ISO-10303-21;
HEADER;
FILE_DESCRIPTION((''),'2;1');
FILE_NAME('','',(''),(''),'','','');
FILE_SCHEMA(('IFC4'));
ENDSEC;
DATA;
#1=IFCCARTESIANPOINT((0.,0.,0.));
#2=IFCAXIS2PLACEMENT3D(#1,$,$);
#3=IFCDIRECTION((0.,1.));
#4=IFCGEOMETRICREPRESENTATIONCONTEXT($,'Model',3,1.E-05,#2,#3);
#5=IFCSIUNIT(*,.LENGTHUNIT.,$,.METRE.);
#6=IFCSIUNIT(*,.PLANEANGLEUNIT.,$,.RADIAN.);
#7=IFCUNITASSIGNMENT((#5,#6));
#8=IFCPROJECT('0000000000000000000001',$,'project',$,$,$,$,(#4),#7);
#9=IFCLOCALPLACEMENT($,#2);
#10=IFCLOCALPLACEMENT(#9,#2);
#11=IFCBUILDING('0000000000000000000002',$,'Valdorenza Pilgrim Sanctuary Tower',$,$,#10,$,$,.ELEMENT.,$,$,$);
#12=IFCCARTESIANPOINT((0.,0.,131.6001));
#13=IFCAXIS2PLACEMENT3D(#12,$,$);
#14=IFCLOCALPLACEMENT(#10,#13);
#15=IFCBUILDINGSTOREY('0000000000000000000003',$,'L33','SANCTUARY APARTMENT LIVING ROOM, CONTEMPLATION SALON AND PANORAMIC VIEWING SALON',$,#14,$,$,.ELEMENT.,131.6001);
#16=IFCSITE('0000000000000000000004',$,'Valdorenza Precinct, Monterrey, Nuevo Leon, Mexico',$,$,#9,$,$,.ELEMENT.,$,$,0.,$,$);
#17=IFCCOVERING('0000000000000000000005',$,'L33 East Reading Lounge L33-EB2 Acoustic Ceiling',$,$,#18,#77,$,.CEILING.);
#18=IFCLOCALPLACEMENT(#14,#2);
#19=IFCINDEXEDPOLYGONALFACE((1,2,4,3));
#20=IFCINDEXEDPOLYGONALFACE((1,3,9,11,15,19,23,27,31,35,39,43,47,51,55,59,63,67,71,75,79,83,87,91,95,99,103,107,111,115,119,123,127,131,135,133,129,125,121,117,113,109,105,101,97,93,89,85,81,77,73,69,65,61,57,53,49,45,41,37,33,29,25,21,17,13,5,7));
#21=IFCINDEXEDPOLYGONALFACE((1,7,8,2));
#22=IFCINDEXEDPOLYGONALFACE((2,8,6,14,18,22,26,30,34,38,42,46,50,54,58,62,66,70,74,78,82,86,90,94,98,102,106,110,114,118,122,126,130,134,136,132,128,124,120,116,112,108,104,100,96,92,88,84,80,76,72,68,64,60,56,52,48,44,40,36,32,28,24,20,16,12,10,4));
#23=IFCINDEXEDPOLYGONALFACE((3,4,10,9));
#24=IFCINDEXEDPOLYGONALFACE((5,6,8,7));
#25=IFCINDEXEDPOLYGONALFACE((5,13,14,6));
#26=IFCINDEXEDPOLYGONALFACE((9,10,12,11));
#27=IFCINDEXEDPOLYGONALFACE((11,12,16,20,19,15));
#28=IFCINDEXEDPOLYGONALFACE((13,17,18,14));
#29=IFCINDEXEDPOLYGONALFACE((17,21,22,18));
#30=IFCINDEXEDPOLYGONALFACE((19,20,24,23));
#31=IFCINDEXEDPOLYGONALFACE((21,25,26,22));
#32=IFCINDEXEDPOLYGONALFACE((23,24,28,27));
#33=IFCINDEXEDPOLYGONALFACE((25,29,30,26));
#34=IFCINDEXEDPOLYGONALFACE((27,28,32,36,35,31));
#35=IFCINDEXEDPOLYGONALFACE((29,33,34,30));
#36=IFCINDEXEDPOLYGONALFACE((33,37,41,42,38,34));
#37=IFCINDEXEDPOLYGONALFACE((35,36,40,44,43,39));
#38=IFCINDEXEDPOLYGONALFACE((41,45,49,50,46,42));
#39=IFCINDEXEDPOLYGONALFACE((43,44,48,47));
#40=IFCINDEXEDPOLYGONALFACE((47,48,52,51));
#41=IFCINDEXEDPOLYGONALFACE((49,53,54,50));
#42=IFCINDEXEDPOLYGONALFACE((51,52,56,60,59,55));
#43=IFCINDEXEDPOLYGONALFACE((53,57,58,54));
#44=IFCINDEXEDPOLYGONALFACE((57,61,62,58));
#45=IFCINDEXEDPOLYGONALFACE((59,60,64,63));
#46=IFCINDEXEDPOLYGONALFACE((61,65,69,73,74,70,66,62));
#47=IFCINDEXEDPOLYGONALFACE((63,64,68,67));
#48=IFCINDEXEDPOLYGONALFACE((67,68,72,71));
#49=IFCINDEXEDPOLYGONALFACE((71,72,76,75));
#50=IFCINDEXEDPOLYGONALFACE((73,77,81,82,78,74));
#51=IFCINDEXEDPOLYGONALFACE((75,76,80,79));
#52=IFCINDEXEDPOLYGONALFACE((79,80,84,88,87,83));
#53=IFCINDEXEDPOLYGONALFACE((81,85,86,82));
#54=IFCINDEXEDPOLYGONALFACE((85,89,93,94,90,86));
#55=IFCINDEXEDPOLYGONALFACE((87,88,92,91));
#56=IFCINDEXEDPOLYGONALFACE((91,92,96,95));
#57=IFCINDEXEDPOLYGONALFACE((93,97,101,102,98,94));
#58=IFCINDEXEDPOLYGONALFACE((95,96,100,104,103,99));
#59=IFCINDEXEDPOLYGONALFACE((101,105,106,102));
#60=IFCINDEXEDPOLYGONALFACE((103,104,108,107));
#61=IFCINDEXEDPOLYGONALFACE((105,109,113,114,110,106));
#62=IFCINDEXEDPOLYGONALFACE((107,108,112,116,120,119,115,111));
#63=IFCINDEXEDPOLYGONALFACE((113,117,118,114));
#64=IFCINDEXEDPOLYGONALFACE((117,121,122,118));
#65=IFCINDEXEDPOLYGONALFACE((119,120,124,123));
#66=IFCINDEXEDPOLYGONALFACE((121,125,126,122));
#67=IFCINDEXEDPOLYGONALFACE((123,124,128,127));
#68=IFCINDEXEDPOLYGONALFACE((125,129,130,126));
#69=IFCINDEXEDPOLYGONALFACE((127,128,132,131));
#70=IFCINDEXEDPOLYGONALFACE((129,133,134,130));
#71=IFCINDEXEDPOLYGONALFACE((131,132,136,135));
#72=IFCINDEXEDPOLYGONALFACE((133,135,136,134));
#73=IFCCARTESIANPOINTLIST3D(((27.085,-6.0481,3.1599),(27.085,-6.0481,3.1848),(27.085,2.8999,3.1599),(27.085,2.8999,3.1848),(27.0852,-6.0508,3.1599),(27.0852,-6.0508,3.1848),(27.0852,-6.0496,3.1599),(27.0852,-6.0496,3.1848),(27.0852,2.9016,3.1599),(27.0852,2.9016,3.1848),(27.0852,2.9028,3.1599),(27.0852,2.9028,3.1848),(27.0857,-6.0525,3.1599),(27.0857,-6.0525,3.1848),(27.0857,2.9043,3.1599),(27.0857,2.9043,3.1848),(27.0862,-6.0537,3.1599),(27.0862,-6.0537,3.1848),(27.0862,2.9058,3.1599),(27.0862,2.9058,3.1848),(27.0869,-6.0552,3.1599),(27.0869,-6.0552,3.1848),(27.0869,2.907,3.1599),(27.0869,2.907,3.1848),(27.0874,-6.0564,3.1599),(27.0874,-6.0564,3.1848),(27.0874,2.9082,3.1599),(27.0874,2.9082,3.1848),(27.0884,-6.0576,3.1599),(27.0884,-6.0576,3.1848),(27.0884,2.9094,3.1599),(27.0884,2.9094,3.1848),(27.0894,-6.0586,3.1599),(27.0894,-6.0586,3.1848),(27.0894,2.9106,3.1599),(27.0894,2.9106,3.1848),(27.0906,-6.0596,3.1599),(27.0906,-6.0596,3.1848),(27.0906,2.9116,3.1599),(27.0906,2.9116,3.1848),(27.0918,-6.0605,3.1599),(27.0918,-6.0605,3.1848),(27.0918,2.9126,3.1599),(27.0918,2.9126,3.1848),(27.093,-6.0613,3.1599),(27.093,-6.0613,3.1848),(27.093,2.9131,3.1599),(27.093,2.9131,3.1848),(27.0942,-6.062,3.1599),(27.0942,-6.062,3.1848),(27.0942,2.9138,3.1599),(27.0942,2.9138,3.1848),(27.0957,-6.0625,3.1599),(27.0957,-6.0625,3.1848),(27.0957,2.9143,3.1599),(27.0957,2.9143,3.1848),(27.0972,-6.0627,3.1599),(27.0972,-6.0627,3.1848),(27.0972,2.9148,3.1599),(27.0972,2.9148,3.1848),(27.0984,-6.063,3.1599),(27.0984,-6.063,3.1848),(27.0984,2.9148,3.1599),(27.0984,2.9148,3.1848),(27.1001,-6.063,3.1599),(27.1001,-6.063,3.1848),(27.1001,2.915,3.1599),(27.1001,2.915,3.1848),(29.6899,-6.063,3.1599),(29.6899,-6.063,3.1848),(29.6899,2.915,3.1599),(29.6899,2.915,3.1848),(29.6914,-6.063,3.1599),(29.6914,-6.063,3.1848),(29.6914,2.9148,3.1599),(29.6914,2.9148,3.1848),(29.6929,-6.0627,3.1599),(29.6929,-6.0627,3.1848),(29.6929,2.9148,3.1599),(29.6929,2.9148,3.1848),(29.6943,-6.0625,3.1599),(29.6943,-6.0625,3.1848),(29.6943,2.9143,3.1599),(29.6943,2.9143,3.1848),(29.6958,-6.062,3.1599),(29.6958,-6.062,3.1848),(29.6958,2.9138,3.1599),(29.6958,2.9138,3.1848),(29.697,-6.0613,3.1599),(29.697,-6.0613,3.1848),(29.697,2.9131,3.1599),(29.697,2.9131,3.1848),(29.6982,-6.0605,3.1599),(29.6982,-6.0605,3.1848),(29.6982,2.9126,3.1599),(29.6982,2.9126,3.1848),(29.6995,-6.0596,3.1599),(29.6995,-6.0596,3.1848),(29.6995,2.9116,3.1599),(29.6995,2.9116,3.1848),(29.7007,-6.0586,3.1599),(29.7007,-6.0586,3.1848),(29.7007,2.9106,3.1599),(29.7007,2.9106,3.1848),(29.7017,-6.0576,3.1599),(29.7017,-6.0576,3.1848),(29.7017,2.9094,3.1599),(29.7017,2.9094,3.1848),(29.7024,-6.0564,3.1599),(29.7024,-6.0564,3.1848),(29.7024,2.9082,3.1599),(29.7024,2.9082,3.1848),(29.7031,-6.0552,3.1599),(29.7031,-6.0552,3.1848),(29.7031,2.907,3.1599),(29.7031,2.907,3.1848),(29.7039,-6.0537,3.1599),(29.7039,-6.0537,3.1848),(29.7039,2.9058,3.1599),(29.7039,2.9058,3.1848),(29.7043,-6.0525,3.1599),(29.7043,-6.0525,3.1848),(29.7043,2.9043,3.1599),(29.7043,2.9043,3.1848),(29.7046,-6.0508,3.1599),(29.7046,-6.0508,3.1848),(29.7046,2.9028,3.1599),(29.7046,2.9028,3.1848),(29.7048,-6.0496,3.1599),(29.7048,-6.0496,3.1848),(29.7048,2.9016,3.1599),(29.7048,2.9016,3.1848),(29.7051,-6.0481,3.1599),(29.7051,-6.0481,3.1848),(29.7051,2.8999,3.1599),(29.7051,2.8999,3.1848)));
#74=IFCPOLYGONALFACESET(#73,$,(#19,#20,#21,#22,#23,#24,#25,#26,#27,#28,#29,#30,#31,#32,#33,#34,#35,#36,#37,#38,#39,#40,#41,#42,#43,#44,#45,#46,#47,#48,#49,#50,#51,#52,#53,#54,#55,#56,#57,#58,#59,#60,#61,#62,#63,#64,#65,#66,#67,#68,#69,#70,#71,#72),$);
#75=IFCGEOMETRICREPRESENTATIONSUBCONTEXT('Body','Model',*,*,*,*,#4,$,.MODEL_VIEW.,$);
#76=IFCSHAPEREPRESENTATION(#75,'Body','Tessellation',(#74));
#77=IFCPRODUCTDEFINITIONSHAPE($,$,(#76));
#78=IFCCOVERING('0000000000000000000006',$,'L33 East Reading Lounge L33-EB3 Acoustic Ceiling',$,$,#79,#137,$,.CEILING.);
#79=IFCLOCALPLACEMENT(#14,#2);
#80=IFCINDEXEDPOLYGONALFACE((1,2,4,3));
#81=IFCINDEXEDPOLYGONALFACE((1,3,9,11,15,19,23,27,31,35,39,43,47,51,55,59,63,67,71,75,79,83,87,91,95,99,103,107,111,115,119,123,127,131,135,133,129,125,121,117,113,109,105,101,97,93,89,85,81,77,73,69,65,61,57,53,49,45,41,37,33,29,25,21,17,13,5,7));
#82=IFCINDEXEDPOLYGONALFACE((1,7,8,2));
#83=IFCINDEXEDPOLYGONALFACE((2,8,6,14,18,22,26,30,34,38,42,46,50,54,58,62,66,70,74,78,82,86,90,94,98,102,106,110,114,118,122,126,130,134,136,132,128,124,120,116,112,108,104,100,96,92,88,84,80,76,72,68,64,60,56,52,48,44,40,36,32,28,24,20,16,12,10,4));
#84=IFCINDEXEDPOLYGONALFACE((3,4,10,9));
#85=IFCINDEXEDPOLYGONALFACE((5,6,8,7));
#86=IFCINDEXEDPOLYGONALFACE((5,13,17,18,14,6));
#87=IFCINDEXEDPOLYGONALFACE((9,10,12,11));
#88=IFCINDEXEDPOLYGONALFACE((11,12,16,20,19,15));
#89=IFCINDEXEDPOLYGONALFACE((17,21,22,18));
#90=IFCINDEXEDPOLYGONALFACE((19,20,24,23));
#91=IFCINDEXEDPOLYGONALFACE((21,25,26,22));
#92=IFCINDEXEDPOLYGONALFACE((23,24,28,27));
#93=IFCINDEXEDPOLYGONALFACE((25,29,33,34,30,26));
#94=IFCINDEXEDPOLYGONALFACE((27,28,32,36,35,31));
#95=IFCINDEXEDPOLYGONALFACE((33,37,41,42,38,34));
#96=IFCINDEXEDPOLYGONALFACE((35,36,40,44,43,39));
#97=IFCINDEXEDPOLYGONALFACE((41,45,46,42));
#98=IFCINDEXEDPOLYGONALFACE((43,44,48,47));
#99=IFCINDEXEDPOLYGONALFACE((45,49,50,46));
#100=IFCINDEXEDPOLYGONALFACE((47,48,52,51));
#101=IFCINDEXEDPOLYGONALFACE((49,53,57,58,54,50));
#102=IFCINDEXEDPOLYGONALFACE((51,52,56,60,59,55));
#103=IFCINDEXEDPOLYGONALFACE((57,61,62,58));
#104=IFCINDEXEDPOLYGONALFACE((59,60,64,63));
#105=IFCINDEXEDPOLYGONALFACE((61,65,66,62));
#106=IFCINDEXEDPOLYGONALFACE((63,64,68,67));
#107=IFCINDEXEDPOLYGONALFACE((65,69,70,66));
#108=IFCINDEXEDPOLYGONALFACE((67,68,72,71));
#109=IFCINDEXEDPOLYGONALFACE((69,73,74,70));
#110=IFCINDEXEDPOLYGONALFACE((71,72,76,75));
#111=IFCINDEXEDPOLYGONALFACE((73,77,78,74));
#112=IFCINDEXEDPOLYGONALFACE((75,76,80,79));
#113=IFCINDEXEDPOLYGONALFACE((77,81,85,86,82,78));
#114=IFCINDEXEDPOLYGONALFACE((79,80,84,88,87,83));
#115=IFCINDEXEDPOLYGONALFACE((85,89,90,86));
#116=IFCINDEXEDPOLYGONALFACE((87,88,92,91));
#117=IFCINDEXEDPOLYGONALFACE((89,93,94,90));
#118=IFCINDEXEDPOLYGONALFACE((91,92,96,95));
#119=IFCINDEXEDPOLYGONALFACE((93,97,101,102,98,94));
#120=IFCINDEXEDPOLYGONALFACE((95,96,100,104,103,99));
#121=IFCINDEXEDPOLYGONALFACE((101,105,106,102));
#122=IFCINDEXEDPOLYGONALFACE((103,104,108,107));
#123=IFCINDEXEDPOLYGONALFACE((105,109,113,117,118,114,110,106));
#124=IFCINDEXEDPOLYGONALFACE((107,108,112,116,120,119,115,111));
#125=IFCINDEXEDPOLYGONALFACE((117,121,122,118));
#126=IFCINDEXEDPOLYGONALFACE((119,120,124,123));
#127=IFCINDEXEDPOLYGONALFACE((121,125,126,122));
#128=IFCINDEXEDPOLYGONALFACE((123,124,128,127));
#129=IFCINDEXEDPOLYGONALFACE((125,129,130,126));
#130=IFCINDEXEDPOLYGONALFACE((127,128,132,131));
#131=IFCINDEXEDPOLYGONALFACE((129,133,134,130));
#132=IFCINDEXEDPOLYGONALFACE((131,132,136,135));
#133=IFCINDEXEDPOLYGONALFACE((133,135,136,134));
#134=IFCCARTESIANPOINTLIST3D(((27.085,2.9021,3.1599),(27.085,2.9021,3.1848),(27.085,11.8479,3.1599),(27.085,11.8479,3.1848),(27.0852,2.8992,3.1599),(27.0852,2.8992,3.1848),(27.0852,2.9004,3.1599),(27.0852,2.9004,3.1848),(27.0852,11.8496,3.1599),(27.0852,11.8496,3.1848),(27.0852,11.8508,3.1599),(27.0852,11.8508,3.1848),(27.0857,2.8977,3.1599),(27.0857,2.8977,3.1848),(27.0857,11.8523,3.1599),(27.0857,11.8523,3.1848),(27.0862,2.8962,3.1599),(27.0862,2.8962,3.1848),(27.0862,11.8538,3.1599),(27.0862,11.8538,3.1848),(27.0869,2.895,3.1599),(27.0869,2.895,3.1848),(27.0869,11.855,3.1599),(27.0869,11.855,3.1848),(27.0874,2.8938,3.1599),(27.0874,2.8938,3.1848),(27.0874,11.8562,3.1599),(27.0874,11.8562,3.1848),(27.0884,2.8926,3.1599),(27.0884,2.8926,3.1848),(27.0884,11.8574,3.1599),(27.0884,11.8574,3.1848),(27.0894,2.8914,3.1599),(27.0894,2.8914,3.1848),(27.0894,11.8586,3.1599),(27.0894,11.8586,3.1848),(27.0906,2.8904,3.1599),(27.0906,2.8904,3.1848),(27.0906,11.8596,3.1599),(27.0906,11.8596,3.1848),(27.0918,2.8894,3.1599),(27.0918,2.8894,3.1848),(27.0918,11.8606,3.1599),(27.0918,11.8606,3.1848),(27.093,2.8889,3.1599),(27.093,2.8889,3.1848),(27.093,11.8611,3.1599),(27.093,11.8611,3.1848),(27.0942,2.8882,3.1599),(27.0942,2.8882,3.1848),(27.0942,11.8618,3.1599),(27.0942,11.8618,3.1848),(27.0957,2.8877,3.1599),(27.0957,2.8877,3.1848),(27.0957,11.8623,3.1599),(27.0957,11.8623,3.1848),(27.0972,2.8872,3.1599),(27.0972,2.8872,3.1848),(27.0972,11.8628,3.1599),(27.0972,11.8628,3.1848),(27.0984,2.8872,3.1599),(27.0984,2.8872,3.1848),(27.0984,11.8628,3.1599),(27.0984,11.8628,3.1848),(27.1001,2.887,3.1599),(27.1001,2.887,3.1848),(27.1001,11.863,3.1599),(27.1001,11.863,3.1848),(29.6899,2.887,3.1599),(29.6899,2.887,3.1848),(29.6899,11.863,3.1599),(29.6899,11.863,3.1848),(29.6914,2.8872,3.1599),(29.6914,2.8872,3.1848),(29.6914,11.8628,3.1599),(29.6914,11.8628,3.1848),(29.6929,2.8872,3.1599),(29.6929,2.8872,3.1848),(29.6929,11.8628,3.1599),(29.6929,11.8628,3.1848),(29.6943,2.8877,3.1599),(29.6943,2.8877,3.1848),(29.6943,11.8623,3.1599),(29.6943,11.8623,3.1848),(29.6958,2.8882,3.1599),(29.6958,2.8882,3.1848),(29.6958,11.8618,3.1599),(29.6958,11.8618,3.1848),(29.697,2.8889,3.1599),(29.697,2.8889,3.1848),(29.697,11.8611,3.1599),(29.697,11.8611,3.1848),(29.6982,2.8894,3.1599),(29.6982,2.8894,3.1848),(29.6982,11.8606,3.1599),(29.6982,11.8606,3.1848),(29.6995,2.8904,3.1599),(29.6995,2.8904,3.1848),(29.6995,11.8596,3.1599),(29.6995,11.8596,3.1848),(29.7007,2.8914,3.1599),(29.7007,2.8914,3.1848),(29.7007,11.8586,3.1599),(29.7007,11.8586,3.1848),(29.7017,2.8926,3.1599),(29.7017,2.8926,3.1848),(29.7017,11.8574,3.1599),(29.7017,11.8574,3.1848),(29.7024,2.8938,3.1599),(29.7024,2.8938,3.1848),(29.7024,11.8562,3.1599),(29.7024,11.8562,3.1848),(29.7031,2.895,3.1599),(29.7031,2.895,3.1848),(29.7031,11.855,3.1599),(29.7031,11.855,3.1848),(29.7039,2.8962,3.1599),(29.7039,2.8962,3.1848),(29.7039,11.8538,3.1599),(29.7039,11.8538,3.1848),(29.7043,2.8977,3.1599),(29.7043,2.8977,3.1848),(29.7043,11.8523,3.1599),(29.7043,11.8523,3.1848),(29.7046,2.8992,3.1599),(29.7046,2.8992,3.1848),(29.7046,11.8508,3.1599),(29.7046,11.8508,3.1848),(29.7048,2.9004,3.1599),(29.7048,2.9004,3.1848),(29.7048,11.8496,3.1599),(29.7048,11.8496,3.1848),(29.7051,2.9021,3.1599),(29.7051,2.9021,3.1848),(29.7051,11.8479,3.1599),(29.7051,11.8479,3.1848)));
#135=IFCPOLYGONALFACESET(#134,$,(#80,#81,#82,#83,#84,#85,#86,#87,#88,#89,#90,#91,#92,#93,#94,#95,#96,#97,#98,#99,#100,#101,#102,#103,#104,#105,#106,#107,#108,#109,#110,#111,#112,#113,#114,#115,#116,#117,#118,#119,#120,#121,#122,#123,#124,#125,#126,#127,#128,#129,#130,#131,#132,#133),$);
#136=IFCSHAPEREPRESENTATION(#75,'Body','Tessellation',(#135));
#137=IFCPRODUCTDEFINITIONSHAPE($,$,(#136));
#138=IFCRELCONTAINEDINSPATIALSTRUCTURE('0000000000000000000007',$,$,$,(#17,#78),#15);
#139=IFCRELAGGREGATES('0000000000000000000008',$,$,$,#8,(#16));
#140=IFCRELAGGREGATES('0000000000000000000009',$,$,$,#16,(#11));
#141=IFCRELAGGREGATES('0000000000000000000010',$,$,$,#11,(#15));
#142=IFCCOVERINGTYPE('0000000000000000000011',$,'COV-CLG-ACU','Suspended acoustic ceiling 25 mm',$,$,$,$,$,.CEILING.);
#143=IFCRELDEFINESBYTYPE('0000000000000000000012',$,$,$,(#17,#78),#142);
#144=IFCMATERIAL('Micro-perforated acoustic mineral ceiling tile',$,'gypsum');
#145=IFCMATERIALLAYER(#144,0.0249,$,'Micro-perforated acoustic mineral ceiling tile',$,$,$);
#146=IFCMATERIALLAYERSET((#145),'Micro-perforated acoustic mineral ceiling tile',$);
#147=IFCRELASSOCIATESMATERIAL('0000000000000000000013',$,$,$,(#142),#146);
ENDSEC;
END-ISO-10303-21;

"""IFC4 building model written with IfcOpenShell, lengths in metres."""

from ifc_helpers import new_model, si_unit, direction, frame, origin, place, context, subcontext, project, spatial, polyline, outline, extrude, material, layer, layer_set, type_object, element, save


model = new_model("IFC4")

# Units and contexts
model_context = context("Model", 3, precision=1e-05, world=origin(), true_north=direction((0.0, 1.0)))
body_context = subcontext(model_context, "Body", "Model", "MODEL_VIEW")
ifc_project = project(units=[si_unit("LENGTHUNIT", "METRE"), si_unit("PLANEANGLEUNIT", "RADIAN")], contexts=[model_context])

# Site, building, storey
site_placement = place(None, origin())
site = spatial("IfcSite", under=ifc_project, at=site_placement, Name="Valdorenza Precinct, Monterrey, Nuevo Leon, Mexico", CompositionType="ELEMENT", RefElevation=0.0)
building_placement = place(site_placement, origin())
building = spatial("IfcBuilding", under=site, at=building_placement, Name="Valdorenza Pilgrim Sanctuary Tower", CompositionType="ELEMENT")
storey_placement = place(building_placement, frame((0.0, 0.0, 131.6001)))
storey = spatial("IfcBuildingStorey", under=building, at=storey_placement, Name="L33", Description="SANCTUARY APARTMENT LIVING ROOM, CONTEMPLATION SALON AND PANORAMIC VIEWING SALON", CompositionType="ELEMENT", Elevation=131.6001)

# Coverings
ifc_material_1 = material(Name="Micro-perforated acoustic mineral ceiling tile", Category="gypsum")
ifc_layer_1 = layer(ifc_material_1, 0.0249, Name="Micro-perforated acoustic mineral ceiling tile")
ifc_layer_set_1 = layer_set([ifc_layer_1], Name="Micro-perforated acoustic mineral ceiling tile")
covering_type_1 = type_object("IfcCoveringType", Name="COV-CLG-ACU", Description="Suspended acoustic ceiling 25 mm", PredefinedType="CEILING", material=ifc_layer_set_1)
covering_1_placement = place(storey_placement, frame((0.0, 0.0, 3.1599)))
element("IfcCovering", 1, at=covering_1_placement, inside=storey, type_object=covering_type_1, Name="L33 East Reading Lounge L33-EB2 Acoustic Ceiling", PredefinedType="CEILING", context=body_context, shape_type="SweptSolid", body=[
    extrude(outline(polyline([(27.085, 2.8999), (27.0852, 2.9016), (27.0852, 2.9028), (27.0857, 2.9043), (27.0862, 2.9058), (27.0869, 2.907), (27.0874, 2.9082), (27.0884, 2.9094), (27.0894, 2.9106), (27.0906, 2.9116), (27.0918, 2.9126), (27.093, 2.9131), (27.0942, 2.9138), (27.0957, 2.9143), (27.0972, 2.9148), (27.0984, 2.9148), (27.1001, 2.915), (29.6899, 2.915), (29.6914, 2.9148), (29.6929, 2.9148), (29.6943, 2.9143), (29.6958, 2.9138), (29.697, 2.9131), (29.6982, 2.9126), (29.6995, 2.9116), (29.7007, 2.9106), (29.7017, 2.9094), (29.7024, 2.9082), (29.7031, 2.907), (29.7039, 2.9058), (29.7043, 2.9043), (29.7046, 2.9028), (29.7048, 2.9016), (29.7051, 2.8999), (29.7051, -6.0481), (29.7048, -6.0496), (29.7046, -6.0508), (29.7043, -6.0525), (29.7039, -6.0537), (29.7031, -6.0552), (29.7024, -6.0564), (29.7017, -6.0576), (29.7007, -6.0586), (29.6995, -6.0596), (29.6982, -6.0605), (29.697, -6.0613), (29.6958, -6.062), (29.6943, -6.0625), (29.6929, -6.0627), (29.6914, -6.063), (29.6899, -6.063), (27.1001, -6.063), (27.0984, -6.063), (27.0972, -6.0627), (27.0957, -6.0625), (27.0942, -6.062), (27.093, -6.0613), (27.0918, -6.0605), (27.0906, -6.0596), (27.0894, -6.0586), (27.0884, -6.0576), (27.0874, -6.0564), (27.0869, -6.0552), (27.0862, -6.0537), (27.0857, -6.0525), (27.0852, -6.0508), (27.0852, -6.0496), (27.085, -6.0481), (27.085, 2.8999)])), origin(), (0.0, 0.0, 1.0), 0.0249),
])
covering_2_placement = place(storey_placement, frame((0.0, 0.0, 3.1599)))
element("IfcCovering", 2, at=covering_2_placement, inside=storey, type_object=covering_type_1, Name="L33 East Reading Lounge L33-EB3 Acoustic Ceiling", PredefinedType="CEILING", context=body_context, shape_type="SweptSolid", body=[
    extrude(outline(polyline([(27.085, 11.8479), (27.0852, 11.8496), (27.0852, 11.8508), (27.0857, 11.8523), (27.0862, 11.8538), (27.0869, 11.855), (27.0874, 11.8562), (27.0884, 11.8574), (27.0894, 11.8586), (27.0906, 11.8596), (27.0918, 11.8606), (27.093, 11.8611), (27.0942, 11.8618), (27.0957, 11.8623), (27.0972, 11.8628), (27.0984, 11.8628), (27.1001, 11.863), (29.6899, 11.863), (29.6914, 11.8628), (29.6929, 11.8628), (29.6943, 11.8623), (29.6958, 11.8618), (29.697, 11.8611), (29.6982, 11.8606), (29.6995, 11.8596), (29.7007, 11.8586), (29.7017, 11.8574), (29.7024, 11.8562), (29.7031, 11.855), (29.7039, 11.8538), (29.7043, 11.8523), (29.7046, 11.8508), (29.7048, 11.8496), (29.7051, 11.8479), (29.7051, 2.9021), (29.7048, 2.9004), (29.7046, 2.8992), (29.7043, 2.8977), (29.7039, 2.8962), (29.7031, 2.895), (29.7024, 2.8938), (29.7017, 2.8926), (29.7007, 2.8914), (29.6995, 2.8904), (29.6982, 2.8894), (29.697, 2.8889), (29.6958, 2.8882), (29.6943, 2.8877), (29.6929, 2.8872), (29.6914, 2.8872), (29.6899, 2.887), (27.1001, 2.887), (27.0984, 2.8872), (27.0972, 2.8872), (27.0957, 2.8877), (27.0942, 2.8882), (27.093, 2.8889), (27.0918, 2.8894), (27.0906, 2.8904), (27.0894, 2.8914), (27.0884, 2.8926), (27.0874, 2.8938), (27.0869, 2.895), (27.0862, 2.8962), (27.0857, 2.8977), (27.0852, 2.8992), (27.0852, 2.9004), (27.085, 2.9021), (27.085, 11.8479)])), origin(), (0.0, 0.0, 1.0), 0.0249),
])

save(model, "model.ifc")
